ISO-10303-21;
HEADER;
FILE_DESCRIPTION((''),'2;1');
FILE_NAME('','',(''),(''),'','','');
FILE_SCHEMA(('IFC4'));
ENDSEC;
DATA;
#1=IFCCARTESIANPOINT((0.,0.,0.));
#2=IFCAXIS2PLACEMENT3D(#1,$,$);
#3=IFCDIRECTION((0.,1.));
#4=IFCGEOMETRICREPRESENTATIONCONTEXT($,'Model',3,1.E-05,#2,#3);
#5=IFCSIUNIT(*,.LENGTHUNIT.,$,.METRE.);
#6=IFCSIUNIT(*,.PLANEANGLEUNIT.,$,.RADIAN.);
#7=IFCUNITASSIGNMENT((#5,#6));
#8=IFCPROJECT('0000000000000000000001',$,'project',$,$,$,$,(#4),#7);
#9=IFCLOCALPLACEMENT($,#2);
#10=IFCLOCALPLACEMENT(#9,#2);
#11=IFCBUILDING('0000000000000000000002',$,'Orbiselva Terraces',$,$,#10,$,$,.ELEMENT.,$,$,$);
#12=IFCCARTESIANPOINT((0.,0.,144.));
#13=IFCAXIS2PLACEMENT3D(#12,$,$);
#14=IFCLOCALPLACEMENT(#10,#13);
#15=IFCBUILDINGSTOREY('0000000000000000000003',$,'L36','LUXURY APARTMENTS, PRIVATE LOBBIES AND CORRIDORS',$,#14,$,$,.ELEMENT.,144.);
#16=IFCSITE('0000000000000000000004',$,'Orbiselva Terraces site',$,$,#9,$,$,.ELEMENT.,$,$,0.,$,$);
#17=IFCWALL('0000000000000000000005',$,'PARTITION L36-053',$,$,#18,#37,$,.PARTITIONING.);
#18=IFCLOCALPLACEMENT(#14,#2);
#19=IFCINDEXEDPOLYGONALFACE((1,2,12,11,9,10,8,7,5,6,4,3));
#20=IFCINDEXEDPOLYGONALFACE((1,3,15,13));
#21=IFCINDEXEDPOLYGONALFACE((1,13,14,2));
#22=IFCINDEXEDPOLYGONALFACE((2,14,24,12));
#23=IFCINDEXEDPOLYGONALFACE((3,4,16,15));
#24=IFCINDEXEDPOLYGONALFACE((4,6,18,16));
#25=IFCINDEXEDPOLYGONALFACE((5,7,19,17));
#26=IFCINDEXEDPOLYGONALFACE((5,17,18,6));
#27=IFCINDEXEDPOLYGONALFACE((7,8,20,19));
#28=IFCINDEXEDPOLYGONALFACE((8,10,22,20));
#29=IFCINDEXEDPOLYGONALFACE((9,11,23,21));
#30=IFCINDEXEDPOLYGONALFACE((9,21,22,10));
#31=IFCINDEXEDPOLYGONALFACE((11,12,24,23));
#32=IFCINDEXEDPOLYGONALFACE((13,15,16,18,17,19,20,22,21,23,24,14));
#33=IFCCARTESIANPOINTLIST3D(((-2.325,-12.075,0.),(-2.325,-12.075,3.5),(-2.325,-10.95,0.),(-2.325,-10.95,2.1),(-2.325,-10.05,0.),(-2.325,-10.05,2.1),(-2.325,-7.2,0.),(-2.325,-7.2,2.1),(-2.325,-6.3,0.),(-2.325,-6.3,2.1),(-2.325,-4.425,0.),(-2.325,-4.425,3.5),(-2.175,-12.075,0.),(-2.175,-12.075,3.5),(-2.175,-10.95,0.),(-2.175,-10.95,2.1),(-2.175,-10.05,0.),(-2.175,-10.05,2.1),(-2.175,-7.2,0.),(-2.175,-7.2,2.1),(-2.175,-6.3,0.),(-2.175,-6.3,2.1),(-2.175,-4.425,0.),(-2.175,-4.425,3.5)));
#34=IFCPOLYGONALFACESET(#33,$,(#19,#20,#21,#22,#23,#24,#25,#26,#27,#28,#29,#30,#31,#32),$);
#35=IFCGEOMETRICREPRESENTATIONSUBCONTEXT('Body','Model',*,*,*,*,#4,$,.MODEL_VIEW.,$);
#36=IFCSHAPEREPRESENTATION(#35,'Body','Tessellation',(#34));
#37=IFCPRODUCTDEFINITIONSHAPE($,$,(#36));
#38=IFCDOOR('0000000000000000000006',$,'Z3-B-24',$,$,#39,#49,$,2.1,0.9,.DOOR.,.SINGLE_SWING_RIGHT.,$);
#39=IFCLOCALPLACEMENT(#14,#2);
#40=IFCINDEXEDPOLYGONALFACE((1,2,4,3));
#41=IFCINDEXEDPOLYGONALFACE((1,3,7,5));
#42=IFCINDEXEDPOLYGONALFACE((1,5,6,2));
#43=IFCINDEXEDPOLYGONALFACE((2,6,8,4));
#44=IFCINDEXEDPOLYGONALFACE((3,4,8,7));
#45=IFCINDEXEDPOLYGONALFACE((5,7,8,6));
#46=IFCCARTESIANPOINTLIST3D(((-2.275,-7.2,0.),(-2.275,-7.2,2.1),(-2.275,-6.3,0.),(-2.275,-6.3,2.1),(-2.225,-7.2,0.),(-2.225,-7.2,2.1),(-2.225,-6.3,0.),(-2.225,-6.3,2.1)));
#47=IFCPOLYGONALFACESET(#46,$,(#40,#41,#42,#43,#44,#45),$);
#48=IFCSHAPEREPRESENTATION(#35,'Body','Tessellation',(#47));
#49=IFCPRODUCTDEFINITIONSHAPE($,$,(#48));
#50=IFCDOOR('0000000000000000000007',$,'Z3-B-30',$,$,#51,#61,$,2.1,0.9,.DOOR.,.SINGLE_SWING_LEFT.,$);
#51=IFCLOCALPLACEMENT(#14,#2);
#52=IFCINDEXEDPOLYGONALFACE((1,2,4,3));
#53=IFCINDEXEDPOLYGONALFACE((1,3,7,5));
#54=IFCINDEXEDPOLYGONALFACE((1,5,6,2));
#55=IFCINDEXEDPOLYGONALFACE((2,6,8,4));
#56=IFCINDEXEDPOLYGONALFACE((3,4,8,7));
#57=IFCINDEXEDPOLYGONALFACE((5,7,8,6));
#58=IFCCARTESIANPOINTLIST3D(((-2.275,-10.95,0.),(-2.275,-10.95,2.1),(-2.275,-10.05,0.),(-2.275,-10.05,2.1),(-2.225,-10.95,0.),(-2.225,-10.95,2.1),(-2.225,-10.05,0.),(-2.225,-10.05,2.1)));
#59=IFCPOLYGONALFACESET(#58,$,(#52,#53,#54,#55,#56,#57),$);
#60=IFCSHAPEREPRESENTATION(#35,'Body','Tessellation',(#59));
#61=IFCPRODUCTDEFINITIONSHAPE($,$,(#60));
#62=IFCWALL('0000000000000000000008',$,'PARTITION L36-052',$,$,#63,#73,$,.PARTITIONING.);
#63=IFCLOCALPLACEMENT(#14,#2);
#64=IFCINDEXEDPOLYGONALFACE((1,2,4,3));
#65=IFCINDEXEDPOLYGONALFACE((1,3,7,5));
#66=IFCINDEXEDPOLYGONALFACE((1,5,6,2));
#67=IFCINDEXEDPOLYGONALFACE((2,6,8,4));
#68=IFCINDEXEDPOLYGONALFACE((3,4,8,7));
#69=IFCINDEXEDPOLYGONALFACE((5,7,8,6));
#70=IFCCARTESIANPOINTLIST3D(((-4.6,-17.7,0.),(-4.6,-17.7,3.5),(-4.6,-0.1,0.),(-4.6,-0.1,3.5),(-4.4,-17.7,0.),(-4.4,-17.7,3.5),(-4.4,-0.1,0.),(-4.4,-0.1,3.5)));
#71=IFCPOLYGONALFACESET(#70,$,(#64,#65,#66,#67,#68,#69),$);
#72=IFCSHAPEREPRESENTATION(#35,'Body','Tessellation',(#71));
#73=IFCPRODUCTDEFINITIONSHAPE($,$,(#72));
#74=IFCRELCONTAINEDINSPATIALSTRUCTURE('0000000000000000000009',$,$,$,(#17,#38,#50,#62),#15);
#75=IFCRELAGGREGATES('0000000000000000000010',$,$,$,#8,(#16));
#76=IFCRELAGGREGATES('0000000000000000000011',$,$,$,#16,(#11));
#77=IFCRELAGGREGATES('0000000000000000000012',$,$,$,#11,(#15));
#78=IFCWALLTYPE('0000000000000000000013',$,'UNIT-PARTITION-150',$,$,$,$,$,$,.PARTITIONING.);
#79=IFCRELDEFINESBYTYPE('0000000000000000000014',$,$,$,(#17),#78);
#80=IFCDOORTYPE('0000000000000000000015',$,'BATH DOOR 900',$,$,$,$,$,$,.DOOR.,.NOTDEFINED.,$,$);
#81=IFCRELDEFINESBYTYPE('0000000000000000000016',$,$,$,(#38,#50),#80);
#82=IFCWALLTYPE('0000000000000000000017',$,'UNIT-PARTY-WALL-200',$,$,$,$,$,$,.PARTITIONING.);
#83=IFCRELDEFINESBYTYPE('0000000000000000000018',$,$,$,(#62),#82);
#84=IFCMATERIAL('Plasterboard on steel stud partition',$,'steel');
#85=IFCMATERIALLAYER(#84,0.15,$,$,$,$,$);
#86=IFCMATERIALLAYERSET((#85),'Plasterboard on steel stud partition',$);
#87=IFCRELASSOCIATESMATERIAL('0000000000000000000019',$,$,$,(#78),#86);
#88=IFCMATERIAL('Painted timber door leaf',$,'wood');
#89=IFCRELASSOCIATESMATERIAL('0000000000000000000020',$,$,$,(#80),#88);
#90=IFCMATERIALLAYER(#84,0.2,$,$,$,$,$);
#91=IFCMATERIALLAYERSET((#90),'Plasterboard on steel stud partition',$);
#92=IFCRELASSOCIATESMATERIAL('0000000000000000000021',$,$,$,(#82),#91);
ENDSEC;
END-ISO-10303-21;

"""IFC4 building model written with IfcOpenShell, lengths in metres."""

from ifc_helpers import new_model, si_unit, direction, frame, frame_2d, origin, place, context, subcontext, project, spatial, rectangle, extrude, material, layer, layer_set, type_object, element, fill, save


model = new_model("IFC4")

# Units and contexts
model_context = context("Model", 3, precision=1e-05, world=origin(), true_north=direction((0.0, 1.0)))
body_context = subcontext(model_context, "Body", "Model", "MODEL_VIEW")
ifc_project = project(units=[si_unit("LENGTHUNIT", "METRE"), si_unit("PLANEANGLEUNIT", "RADIAN")], contexts=[model_context])

# Site, building, storey
site_placement = place(None, origin())
site = spatial("IfcSite", under=ifc_project, at=site_placement, Name="Orbiselva Terraces site", CompositionType="ELEMENT", RefElevation=0.0)
building_placement = place(site_placement, origin())
building = spatial("IfcBuilding", under=site, at=building_placement, Name="Orbiselva Terraces", CompositionType="ELEMENT")
storey_placement = place(building_placement, frame((0.0, 0.0, 144.0)))
storey = spatial("IfcBuildingStorey", under=building, at=storey_placement, Name="L36", Description="LUXURY APARTMENTS, PRIVATE LOBBIES AND CORRIDORS", CompositionType="ELEMENT", Elevation=144.0)

# Shared definitions
ifc_material_1 = material(Name="Plasterboard on steel stud partition", Category="steel")
ifc_layer_1 = layer(ifc_material_1, 0.15)
ifc_layer_set_1 = layer_set([ifc_layer_1], Name="Plasterboard on steel stud partition")
wall_type_1 = type_object("IfcWallType", Name="UNIT-PARTITION-150", PredefinedType="PARTITIONING", material=ifc_layer_set_1)
ifc_material_2 = material(Name="Painted timber door leaf", Category="wood")
door_type_1 = type_object("IfcDoorType", Name="BATH DOOR 900", OperationType="NOTDEFINED", PredefinedType="DOOR", material=ifc_material_2)

# Wall, openings, doors
wall_1_placement = place(storey_placement, frame((-2.25, -12.075, 0.0), z_axis=(0.0, 0.0, 1.0), x_axis=(0.0, 1.0, 0.0)))
wall_1 = element("IfcWall", 1, at=wall_1_placement, inside=storey, type_object=wall_type_1, Name="PARTITION L36-053", PredefinedType="PARTITIONING", context=body_context, shape_type="SweptSolid", body=[
    extrude(rectangle(XDim=7.65, YDim=0.15, at=frame_2d((3.825, 0.0))), origin(), (0.0, 0.0, 1.0), 3.5),
])
opening_1_placement = place(wall_1_placement, frame((4.875, 0.0, 0.0)))
opening_1 = element("IfcOpeningElement", 2, at=opening_1_placement, cuts=wall_1, PredefinedType="OPENING", context=body_context, shape_type="SweptSolid", body=[
    extrude(rectangle(XDim=0.9, YDim=2.1, at=frame_2d((0.45, 1.05))), frame((0.0, 0.085, 0.0), z_axis=(0.0, -1.0, 0.0), x_axis=(1.0, 0.0, 0.0)), (0.0, 0.0, 1.0), 0.17),
])
opening_2_placement = place(wall_1_placement, frame((1.125, 0.0, 0.0)))
opening_2 = element("IfcOpeningElement", 3, at=opening_2_placement, cuts=wall_1, PredefinedType="OPENING", context=body_context, shape_type="SweptSolid", body=[
    extrude(rectangle(XDim=0.9, YDim=2.1, at=frame_2d((0.45, 1.05))), frame((0.0, 0.085, 0.0), z_axis=(0.0, -1.0, 0.0), x_axis=(1.0, 0.0, 0.0)), (0.0, 0.0, 1.0), 0.17),
])
door_1_placement = place(opening_1_placement, origin())
door_1 = element("IfcDoor", 4, at=door_1_placement, inside=storey, type_object=door_type_1, Name="Z3-B-24", OperationType="SINGLE_SWING_RIGHT", OverallHeight=2.1, OverallWidth=0.9, PredefinedType="DOOR", context=body_context, shape_type="SweptSolid", body=[
    extrude(rectangle(XDim=0.9, YDim=2.1, at=frame_2d((0.45, 1.05))), frame((0.0, 0.025, 0.0), z_axis=(0.0, -1.0, 0.0), x_axis=(1.0, 0.0, 0.0)), (0.0, 0.0, 1.0), 0.05),
])
fill(opening_1, door_1)
door_2_placement = place(opening_2_placement, origin())
door_2 = element("IfcDoor", 5, at=door_2_placement, inside=storey, type_object=door_type_1, Name="Z3-B-30", OperationType="SINGLE_SWING_LEFT", OverallHeight=2.1, OverallWidth=0.9, PredefinedType="DOOR", context=body_context, shape_type="SweptSolid", body=[
    extrude(rectangle(XDim=0.9, YDim=2.1, at=frame_2d((0.45, 1.05))), frame((0.0, 0.025, 0.0), z_axis=(0.0, -1.0, 0.0), x_axis=(1.0, 0.0, 0.0)), (0.0, 0.0, 1.0), 0.05),
])
fill(opening_2, door_2)

# Wall
ifc_layer_2 = layer(ifc_material_1, 0.2)
ifc_layer_set_2 = layer_set([ifc_layer_2], Name="Plasterboard on steel stud partition")
wall_type_2 = type_object("IfcWallType", Name="UNIT-PARTY-WALL-200", PredefinedType="PARTITIONING", material=ifc_layer_set_2)
wall_2_placement = place(storey_placement, frame((-4.5, -17.7, 0.0), z_axis=(0.0, 0.0, 1.0), x_axis=(0.0, 1.0, 0.0)))
element("IfcWall", 6, at=wall_2_placement, inside=storey, type_object=wall_type_2, Name="PARTITION L36-052", PredefinedType="PARTITIONING", context=body_context, shape_type="SweptSolid", body=[
    extrude(rectangle(XDim=17.6, YDim=0.2, at=frame_2d((8.8, 0.0))), origin(), (0.0, 0.0, 1.0), 3.5),
])

save(model, "model.ifc")
